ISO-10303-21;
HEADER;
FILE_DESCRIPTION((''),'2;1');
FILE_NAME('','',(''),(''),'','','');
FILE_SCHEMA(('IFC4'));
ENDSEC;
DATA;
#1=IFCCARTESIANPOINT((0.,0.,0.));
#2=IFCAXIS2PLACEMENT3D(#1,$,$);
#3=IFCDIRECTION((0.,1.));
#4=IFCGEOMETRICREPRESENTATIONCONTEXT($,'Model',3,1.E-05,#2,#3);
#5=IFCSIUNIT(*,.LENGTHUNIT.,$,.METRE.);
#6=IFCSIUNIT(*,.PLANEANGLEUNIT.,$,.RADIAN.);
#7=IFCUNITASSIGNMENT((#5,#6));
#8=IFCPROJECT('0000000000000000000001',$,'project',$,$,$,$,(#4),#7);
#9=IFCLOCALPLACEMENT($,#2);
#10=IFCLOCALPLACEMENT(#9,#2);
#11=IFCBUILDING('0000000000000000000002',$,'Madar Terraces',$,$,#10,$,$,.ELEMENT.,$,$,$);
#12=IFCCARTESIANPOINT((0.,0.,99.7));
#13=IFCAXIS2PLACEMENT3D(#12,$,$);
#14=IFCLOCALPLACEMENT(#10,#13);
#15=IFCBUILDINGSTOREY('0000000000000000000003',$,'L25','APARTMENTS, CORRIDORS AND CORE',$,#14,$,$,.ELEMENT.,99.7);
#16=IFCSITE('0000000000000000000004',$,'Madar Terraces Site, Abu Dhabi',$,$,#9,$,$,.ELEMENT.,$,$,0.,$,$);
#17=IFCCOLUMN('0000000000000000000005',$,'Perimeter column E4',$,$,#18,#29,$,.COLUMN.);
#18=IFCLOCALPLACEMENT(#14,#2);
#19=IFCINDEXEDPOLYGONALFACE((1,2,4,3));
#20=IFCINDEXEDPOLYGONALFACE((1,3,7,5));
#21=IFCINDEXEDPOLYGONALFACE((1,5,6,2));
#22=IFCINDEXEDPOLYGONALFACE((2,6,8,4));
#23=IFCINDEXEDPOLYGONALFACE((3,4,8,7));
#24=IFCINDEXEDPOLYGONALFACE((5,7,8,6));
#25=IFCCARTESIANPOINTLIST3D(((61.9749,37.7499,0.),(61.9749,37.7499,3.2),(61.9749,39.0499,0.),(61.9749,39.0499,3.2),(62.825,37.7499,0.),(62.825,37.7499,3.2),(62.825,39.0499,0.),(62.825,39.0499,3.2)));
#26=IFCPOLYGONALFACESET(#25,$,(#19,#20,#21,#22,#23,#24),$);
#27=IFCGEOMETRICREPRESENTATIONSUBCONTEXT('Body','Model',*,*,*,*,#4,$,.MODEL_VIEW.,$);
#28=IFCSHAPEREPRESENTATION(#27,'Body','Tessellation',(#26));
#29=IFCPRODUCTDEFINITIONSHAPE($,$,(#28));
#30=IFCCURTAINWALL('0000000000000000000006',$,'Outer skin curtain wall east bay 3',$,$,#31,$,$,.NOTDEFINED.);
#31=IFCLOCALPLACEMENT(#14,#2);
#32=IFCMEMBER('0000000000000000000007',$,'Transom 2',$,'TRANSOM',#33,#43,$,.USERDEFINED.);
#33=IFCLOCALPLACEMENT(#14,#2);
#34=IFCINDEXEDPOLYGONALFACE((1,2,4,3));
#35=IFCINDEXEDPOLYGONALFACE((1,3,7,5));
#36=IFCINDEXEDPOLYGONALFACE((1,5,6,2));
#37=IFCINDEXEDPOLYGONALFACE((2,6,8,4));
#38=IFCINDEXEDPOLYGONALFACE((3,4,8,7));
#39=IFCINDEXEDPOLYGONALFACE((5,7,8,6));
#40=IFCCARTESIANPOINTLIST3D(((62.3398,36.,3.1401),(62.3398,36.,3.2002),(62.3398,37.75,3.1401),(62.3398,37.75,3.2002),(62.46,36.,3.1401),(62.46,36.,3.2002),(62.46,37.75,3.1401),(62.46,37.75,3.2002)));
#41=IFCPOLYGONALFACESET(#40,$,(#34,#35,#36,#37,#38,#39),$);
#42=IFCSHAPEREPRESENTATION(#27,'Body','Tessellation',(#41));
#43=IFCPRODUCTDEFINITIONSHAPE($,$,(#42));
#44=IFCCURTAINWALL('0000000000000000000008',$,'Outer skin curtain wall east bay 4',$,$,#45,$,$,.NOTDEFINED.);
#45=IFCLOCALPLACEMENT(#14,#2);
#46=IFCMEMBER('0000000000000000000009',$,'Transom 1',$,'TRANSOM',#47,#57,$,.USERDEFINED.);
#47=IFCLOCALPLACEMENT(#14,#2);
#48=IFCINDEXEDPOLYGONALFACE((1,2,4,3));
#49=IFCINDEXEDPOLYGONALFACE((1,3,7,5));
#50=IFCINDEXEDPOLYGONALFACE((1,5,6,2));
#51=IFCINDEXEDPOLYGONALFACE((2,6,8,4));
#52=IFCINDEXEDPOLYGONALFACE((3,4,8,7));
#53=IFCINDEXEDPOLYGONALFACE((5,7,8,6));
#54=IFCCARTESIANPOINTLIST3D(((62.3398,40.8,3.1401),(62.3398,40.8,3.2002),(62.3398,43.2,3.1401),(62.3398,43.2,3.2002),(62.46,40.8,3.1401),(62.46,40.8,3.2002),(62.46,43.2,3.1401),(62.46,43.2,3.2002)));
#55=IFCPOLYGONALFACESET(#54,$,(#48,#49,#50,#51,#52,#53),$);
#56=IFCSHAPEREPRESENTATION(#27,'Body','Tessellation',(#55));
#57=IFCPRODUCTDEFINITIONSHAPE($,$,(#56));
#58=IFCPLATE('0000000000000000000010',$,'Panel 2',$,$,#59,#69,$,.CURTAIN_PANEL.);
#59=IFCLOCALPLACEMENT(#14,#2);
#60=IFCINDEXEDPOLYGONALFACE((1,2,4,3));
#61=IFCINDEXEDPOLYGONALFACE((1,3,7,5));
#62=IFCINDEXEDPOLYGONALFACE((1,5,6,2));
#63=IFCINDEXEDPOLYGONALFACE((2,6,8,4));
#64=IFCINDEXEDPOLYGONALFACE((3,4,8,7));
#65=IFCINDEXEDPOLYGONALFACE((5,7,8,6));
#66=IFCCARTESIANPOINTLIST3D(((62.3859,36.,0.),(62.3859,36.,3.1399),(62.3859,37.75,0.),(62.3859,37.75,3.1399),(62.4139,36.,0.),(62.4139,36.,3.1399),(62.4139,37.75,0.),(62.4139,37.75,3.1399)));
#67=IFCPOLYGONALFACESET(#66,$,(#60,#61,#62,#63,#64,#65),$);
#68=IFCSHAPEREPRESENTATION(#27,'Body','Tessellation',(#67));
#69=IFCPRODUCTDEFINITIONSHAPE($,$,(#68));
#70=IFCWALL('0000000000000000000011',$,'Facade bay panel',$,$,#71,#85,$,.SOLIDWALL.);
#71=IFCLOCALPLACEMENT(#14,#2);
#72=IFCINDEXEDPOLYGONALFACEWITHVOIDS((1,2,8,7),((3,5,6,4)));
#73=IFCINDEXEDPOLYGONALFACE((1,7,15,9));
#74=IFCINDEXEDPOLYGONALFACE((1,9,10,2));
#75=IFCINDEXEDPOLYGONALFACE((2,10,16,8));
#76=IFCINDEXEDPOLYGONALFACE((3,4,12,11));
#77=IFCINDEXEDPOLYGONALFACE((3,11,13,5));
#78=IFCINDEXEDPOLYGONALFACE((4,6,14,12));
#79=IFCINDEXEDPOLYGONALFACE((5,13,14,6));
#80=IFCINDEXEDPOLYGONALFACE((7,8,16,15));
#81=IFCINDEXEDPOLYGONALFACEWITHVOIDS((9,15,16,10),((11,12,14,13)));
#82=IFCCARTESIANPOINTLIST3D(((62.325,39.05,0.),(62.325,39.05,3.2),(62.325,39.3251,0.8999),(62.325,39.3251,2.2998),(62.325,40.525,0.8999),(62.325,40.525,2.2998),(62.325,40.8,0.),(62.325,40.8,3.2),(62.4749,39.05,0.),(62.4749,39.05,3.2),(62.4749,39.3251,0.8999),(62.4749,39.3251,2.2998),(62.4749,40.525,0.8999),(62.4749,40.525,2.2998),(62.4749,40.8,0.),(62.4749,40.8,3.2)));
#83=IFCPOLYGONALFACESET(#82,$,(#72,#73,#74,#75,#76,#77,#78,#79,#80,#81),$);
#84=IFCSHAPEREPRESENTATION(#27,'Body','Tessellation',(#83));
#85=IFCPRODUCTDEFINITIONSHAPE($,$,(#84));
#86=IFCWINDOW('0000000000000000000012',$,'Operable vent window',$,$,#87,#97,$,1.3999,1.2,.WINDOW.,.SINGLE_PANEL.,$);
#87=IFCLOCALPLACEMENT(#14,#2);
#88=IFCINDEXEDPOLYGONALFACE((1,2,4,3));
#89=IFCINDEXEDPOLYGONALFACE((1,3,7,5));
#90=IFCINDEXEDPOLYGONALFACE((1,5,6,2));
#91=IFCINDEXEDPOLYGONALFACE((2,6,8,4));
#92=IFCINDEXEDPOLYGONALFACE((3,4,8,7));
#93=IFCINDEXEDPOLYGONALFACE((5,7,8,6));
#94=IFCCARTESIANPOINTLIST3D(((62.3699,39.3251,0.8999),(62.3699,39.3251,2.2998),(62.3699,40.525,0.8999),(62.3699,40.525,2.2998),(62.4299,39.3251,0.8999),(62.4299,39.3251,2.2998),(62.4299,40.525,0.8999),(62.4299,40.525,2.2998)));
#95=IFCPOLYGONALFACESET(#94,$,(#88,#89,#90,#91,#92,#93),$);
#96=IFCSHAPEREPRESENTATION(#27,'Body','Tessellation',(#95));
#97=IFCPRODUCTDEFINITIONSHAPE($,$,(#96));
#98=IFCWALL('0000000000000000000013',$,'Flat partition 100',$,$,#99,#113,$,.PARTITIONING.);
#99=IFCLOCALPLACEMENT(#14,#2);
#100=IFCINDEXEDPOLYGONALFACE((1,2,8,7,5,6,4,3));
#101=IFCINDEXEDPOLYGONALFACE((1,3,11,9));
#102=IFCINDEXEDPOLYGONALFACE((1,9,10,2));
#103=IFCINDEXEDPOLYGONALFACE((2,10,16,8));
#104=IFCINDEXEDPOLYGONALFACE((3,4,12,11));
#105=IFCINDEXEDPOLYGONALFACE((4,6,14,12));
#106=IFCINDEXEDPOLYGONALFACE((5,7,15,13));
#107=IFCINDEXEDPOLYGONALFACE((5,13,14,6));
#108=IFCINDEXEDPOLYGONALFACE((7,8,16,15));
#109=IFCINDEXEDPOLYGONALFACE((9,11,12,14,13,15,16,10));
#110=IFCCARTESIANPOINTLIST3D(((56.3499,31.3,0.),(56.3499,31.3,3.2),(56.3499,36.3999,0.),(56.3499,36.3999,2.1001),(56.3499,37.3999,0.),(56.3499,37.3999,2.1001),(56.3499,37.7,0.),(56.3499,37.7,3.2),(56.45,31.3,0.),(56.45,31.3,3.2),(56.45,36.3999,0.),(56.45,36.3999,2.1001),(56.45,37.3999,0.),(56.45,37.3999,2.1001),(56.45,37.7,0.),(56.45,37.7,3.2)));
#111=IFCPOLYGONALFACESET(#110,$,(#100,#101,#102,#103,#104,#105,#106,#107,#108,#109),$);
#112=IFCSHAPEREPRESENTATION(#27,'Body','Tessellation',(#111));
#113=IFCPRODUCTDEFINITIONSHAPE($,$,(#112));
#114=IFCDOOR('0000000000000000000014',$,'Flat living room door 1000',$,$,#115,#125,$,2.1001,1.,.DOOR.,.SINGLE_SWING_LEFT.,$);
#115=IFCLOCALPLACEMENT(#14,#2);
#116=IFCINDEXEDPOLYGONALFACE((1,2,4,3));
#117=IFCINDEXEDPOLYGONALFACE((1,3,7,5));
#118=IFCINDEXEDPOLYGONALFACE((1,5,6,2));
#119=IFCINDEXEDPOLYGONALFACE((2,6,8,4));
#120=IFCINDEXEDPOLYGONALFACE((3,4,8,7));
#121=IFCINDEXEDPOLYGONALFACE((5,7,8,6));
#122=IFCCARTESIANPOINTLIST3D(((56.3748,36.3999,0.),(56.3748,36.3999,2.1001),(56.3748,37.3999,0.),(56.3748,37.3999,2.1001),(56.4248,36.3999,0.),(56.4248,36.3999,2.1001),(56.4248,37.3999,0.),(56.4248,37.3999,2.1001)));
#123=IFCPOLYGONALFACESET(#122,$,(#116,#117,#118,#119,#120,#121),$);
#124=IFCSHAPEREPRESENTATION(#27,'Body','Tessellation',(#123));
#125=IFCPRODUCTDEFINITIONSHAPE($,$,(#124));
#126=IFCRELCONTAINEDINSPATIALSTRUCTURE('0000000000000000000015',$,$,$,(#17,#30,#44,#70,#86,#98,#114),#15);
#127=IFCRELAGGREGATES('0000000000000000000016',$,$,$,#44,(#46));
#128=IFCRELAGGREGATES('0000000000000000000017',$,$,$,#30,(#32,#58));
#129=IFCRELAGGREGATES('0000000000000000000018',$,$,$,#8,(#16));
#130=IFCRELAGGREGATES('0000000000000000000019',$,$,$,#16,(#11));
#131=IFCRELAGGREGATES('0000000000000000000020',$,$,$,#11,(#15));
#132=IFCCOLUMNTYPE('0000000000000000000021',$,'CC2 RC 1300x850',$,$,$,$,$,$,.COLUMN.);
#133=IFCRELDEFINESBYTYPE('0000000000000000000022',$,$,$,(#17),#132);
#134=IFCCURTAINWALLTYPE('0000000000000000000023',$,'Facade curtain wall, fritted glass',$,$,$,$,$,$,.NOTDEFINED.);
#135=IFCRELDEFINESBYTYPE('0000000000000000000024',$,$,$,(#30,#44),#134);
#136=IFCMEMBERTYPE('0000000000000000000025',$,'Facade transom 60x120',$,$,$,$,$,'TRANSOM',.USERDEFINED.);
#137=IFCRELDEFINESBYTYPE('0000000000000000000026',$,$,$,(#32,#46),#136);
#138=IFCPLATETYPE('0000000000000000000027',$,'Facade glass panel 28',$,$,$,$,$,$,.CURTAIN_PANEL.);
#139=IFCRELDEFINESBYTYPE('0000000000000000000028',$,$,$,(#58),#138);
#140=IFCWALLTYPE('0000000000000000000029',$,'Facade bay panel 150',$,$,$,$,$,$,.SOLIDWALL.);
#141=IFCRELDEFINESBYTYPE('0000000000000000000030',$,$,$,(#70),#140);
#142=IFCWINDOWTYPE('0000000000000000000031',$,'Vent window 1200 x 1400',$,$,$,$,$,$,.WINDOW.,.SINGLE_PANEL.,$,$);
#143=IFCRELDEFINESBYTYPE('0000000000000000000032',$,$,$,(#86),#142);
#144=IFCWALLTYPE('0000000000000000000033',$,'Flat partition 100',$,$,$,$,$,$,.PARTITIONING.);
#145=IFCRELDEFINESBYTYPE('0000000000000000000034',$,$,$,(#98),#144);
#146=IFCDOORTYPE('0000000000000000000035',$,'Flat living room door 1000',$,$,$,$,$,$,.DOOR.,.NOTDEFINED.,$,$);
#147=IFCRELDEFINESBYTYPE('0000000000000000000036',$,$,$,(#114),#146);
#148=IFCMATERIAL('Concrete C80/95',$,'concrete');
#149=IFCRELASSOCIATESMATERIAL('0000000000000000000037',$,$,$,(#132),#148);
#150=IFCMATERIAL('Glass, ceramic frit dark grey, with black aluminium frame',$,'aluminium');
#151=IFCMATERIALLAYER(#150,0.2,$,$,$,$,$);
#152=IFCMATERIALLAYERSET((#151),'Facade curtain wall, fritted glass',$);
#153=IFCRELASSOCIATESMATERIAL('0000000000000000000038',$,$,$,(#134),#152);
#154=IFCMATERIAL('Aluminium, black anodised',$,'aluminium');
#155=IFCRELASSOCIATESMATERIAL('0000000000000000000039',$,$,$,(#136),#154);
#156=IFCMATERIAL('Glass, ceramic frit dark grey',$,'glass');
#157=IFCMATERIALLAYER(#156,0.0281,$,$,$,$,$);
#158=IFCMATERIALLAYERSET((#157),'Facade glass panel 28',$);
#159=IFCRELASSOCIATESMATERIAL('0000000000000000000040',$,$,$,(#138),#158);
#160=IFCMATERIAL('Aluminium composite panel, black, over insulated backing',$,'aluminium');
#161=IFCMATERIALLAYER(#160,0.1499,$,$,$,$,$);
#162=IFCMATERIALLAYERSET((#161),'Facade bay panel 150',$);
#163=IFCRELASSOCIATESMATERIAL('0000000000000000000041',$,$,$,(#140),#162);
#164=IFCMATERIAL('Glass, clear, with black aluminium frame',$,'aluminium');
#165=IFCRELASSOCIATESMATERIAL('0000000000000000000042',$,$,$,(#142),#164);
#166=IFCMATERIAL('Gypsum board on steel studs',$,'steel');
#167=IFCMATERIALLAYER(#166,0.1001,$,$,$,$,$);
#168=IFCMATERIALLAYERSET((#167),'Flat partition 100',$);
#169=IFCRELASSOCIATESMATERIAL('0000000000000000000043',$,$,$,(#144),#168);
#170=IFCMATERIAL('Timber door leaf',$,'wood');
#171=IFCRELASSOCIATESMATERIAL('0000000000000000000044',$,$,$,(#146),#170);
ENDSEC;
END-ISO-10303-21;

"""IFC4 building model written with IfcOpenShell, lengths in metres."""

from ifc_helpers import new_model, si_unit, direction, frame, frame_2d, origin, origin_2d, place, context, subcontext, project, spatial, rectangle, extrude, material, layer, layer_set, material_profile, profile_set, type_object, element, fill, aggregate, save


model = new_model("IFC4")

# Units and contexts
model_context = context("Model", 3, precision=1e-05, world=origin(), true_north=direction((0.0, 1.0)))
body_context = subcontext(model_context, "Body", "Model", "MODEL_VIEW")
ifc_project = project(units=[si_unit("LENGTHUNIT", "METRE"), si_unit("PLANEANGLEUNIT", "RADIAN")], contexts=[model_context])

# Site, building, storey
site_placement = place(None, origin())
site = spatial("IfcSite", under=ifc_project, at=site_placement, Name="Madar Terraces Site, Abu Dhabi", CompositionType="ELEMENT", RefElevation=0.0)
building_placement = place(site_placement, origin())
building = spatial("IfcBuilding", under=site, at=building_placement, Name="Madar Terraces", CompositionType="ELEMENT")
storey_placement = place(building_placement, frame((0.0, 0.0, 99.7)))
storey = spatial("IfcBuildingStorey", under=building, at=storey_placement, Name="L25", Description="APARTMENTS, CORRIDORS AND CORE", CompositionType="ELEMENT", Elevation=99.7)

# Column
ifc_material_1 = material(Name="Concrete C80/95", Category="concrete")
ifc_material_profile_1 = material_profile(ifc_material_1, rectangle(XDim=1.3, YDim=0.8501, at=origin_2d()), Name="CC2 RC 1300x850")
ifc_profile_set_1 = profile_set([ifc_material_profile_1], Name="Concrete C80/95")
column_type = type_object("IfcColumnType", Name="CC2 RC 1300x850", PredefinedType="COLUMN", material=ifc_profile_set_1)
column_placement = place(storey_placement, frame((62.3999, 38.3999, 0.0), z_axis=(0.0, 0.0, 1.0), x_axis=(0.0, 1.0, 0.0)))
element("IfcColumn", 1, at=column_placement, inside=storey, type_object=column_type, Name="Perimeter column E4", PredefinedType="COLUMN", context=body_context, shape_type="SweptSolid", body=[
    extrude(rectangle(XDim=1.3, YDim=0.8501, at=origin_2d()), origin(), (0.0, 0.0, 1.0), 3.2),
])

# Curtain walls, members
ifc_material_2 = material(Name="Glass, ceramic frit dark grey, with black aluminium frame", Category="aluminium")
ifc_layer_1 = layer(ifc_material_2, 0.2)
ifc_layer_set_1 = layer_set([ifc_layer_1], Name="Facade curtain wall, fritted glass")
curtain_wall_type = type_object("IfcCurtainWallType", Name="Facade curtain wall, fritted glass", PredefinedType="NOTDEFINED", material=ifc_layer_set_1)
curtain_wall_1_placement = place(storey_placement, origin())
curtain_wall_1 = element("IfcCurtainWall", 2, at=curtain_wall_1_placement, inside=storey, type_object=curtain_wall_type, Name="Outer skin curtain wall east bay 3", PredefinedType="NOTDEFINED")
ifc_material_3 = material(Name="Aluminium, black anodised", Category="aluminium")
ifc_material_profile_2 = material_profile(ifc_material_3, rectangle(XDim=0.1201, YDim=0.0601, at=origin_2d()), Name="Facade transom 60x120")
ifc_profile_set_2 = profile_set([ifc_material_profile_2], Name="Aluminium, black anodised")
member_type = type_object("IfcMemberType", Name="Facade transom 60x120", ElementType="TRANSOM", PredefinedType="USERDEFINED", material=ifc_profile_set_2)
member_1_placement = place(storey_placement, frame((62.3999, 36.0, 3.1702), z_axis=(0.0, 1.0, 0.0), x_axis=(-1.0, 0.0, 0.0)))
member_1 = element("IfcMember", 3, at=member_1_placement, type_object=member_type, Name="Transom 2", ObjectType="TRANSOM", PredefinedType="USERDEFINED", context=body_context, shape_type="SweptSolid", body=[
    extrude(rectangle(XDim=0.1201, YDim=0.0601, at=origin_2d()), origin(), (0.0, 0.0, 1.0), 1.75),
])
curtain_wall_2_placement = place(storey_placement, origin())
curtain_wall_2 = element("IfcCurtainWall", 4, at=curtain_wall_2_placement, inside=storey, type_object=curtain_wall_type, Name="Outer skin curtain wall east bay 4", PredefinedType="NOTDEFINED")
member_2_placement = place(storey_placement, frame((62.3999, 40.8, 3.1702), z_axis=(0.0, 1.0, 0.0), x_axis=(-1.0, 0.0, 0.0)))
member_2 = element("IfcMember", 5, at=member_2_placement, type_object=member_type, Name="Transom 1", ObjectType="TRANSOM", PredefinedType="USERDEFINED", context=body_context, shape_type="SweptSolid", body=[
    extrude(rectangle(XDim=0.1201, YDim=0.0601, at=origin_2d()), origin(), (0.0, 0.0, 1.0), 2.3999),
])
aggregate(curtain_wall_2, [member_2])

# Plate
ifc_material_4 = material(Name="Glass, ceramic frit dark grey", Category="glass")
ifc_layer_2 = layer(ifc_material_4, 0.0281)
ifc_layer_set_2 = layer_set([ifc_layer_2], Name="Facade glass panel 28")
plate_type = type_object("IfcPlateType", Name="Facade glass panel 28", PredefinedType="CURTAIN_PANEL", material=ifc_layer_set_2)
plate_placement = place(storey_placement, frame((62.3999, 36.875, 0.0), z_axis=(0.0, 0.0, 1.0), x_axis=(0.0, 1.0, 0.0)))
plate = element("IfcPlate", 6, at=plate_placement, type_object=plate_type, Name="Panel 2", PredefinedType="CURTAIN_PANEL", context=body_context, shape_type="SweptSolid", body=[
    extrude(rectangle(XDim=1.75, YDim=0.0281, at=origin_2d()), origin(), (0.0, 0.0, 1.0), 3.1399),
])
aggregate(curtain_wall_1, [member_1, plate])

# Wall, opening, window
ifc_material_5 = material(Name="Aluminium composite panel, black, over insulated backing", Category="aluminium")
ifc_layer_3 = layer(ifc_material_5, 0.1499)
ifc_layer_set_3 = layer_set([ifc_layer_3], Name="Facade bay panel 150")
wall_type_1 = type_object("IfcWallType", Name="Facade bay panel 150", PredefinedType="SOLIDWALL", material=ifc_layer_set_3)
wall_1_placement = place(storey_placement, frame((62.3999, 39.05, 0.0), z_axis=(0.0, 0.0, 1.0), x_axis=(0.0, 1.0, 0.0)))
wall_1 = element("IfcWall", 7, at=wall_1_placement, inside=storey, type_object=wall_type_1, Name="Facade bay panel", PredefinedType="SOLIDWALL", context=body_context, shape_type="SweptSolid", body=[
    extrude(rectangle(XDim=1.75, YDim=0.1499, at=frame_2d((0.875, 0.0))), origin(), (0.0, 0.0, 1.0), 3.2),
])
opening_1_placement = place(wall_1_placement, frame((0.2749, 0.0, 0.8999)))
opening_1 = element("IfcOpeningElement", 8, at=opening_1_placement, cuts=wall_1, PredefinedType="OPENING", context=body_context, shape_type="SweptSolid", body=[
    extrude(rectangle(XDim=1.2, YDim=1.3999, at=frame_2d((0.6001, 0.7))), frame((0.0, 0.085, 0.0), z_axis=(0.0, -1.0, 0.0), x_axis=(1.0, 0.0, 0.0)), (0.0, 0.0, 1.0), 0.1699),
])
ifc_material_6 = material(Name="Glass, clear, with black aluminium frame", Category="aluminium")
window_type = type_object("IfcWindowType", Name="Vent window 1200 x 1400", PartitioningType="SINGLE_PANEL", PredefinedType="WINDOW", material=ifc_material_6)
window_placement = place(opening_1_placement, origin())
window = element("IfcWindow", 9, at=window_placement, inside=storey, type_object=window_type, Name="Operable vent window", OverallHeight=1.3999, OverallWidth=1.2, PartitioningType="SINGLE_PANEL", PredefinedType="WINDOW", context=body_context, shape_type="SweptSolid", body=[
    extrude(rectangle(XDim=1.2, YDim=1.3999, at=frame_2d((0.6001, 0.7))), frame((0.0, 0.03, 0.0), z_axis=(0.0, -1.0, 0.0), x_axis=(1.0, 0.0, 0.0)), (0.0, 0.0, 1.0), 0.0601),
])
fill(opening_1, window)

# Wall, opening, door
ifc_material_7 = material(Name="Gypsum board on steel studs", Category="steel")
ifc_layer_4 = layer(ifc_material_7, 0.1001)
ifc_layer_set_4 = layer_set([ifc_layer_4], Name="Flat partition 100")
wall_type_2 = type_object("IfcWallType", Name="Flat partition 100", PredefinedType="PARTITIONING", material=ifc_layer_set_4)
wall_2_placement = place(storey_placement, frame((56.3999, 37.7, 0.0), z_axis=(0.0, 0.0, 1.0), x_axis=(0.0, -1.0, 0.0)))
wall_2 = element("IfcWall", 10, at=wall_2_placement, inside=storey, type_object=wall_type_2, Name="Flat partition 100", PredefinedType="PARTITIONING", context=body_context, shape_type="SweptSolid", body=[
    extrude(rectangle(XDim=6.3999, YDim=0.1001, at=frame_2d((3.2, 0.0))), origin(), (0.0, 0.0, 1.0), 3.2),
])
opening_2_placement = place(wall_2_placement, frame((0.3, 0.0, 0.0)))
opening_2 = element("IfcOpeningElement", 11, at=opening_2_placement, cuts=wall_2, PredefinedType="OPENING", context=body_context, shape_type="SweptSolid", body=[
    extrude(rectangle(XDim=1.0, YDim=2.1001, at=frame_2d((0.5, 1.05))), frame((0.0, 0.0601, 0.0), z_axis=(0.0, -1.0, 0.0), x_axis=(1.0, 0.0, 0.0)), (0.0, 0.0, 1.0), 0.1201),
])
ifc_material_8 = material(Name="Timber door leaf", Category="wood")
door_type_1 = type_object("IfcDoorType", Name="Flat living room door 1000", OperationType="NOTDEFINED", PredefinedType="DOOR", material=ifc_material_8)
door_1_placement = place(opening_2_placement, origin())
door_1 = element("IfcDoor", 12, at=door_1_placement, inside=storey, type_object=door_type_1, Name="Flat living room door 1000", OperationType="SINGLE_SWING_LEFT", OverallHeight=2.1001, OverallWidth=1.0, PredefinedType="DOOR", context=body_context, shape_type="SweptSolid", body=[
    extrude(rectangle(XDim=1.0, YDim=2.1001, at=frame_2d((0.5, 1.05))), frame((0.0, 0.0249, 0.0), z_axis=(0.0, -1.0, 0.0), x_axis=(1.0, 0.0, 0.0)), (0.0, 0.0, 1.0), 0.05),
])
fill(opening_2, door_1)

save(model, "model.ifc")
